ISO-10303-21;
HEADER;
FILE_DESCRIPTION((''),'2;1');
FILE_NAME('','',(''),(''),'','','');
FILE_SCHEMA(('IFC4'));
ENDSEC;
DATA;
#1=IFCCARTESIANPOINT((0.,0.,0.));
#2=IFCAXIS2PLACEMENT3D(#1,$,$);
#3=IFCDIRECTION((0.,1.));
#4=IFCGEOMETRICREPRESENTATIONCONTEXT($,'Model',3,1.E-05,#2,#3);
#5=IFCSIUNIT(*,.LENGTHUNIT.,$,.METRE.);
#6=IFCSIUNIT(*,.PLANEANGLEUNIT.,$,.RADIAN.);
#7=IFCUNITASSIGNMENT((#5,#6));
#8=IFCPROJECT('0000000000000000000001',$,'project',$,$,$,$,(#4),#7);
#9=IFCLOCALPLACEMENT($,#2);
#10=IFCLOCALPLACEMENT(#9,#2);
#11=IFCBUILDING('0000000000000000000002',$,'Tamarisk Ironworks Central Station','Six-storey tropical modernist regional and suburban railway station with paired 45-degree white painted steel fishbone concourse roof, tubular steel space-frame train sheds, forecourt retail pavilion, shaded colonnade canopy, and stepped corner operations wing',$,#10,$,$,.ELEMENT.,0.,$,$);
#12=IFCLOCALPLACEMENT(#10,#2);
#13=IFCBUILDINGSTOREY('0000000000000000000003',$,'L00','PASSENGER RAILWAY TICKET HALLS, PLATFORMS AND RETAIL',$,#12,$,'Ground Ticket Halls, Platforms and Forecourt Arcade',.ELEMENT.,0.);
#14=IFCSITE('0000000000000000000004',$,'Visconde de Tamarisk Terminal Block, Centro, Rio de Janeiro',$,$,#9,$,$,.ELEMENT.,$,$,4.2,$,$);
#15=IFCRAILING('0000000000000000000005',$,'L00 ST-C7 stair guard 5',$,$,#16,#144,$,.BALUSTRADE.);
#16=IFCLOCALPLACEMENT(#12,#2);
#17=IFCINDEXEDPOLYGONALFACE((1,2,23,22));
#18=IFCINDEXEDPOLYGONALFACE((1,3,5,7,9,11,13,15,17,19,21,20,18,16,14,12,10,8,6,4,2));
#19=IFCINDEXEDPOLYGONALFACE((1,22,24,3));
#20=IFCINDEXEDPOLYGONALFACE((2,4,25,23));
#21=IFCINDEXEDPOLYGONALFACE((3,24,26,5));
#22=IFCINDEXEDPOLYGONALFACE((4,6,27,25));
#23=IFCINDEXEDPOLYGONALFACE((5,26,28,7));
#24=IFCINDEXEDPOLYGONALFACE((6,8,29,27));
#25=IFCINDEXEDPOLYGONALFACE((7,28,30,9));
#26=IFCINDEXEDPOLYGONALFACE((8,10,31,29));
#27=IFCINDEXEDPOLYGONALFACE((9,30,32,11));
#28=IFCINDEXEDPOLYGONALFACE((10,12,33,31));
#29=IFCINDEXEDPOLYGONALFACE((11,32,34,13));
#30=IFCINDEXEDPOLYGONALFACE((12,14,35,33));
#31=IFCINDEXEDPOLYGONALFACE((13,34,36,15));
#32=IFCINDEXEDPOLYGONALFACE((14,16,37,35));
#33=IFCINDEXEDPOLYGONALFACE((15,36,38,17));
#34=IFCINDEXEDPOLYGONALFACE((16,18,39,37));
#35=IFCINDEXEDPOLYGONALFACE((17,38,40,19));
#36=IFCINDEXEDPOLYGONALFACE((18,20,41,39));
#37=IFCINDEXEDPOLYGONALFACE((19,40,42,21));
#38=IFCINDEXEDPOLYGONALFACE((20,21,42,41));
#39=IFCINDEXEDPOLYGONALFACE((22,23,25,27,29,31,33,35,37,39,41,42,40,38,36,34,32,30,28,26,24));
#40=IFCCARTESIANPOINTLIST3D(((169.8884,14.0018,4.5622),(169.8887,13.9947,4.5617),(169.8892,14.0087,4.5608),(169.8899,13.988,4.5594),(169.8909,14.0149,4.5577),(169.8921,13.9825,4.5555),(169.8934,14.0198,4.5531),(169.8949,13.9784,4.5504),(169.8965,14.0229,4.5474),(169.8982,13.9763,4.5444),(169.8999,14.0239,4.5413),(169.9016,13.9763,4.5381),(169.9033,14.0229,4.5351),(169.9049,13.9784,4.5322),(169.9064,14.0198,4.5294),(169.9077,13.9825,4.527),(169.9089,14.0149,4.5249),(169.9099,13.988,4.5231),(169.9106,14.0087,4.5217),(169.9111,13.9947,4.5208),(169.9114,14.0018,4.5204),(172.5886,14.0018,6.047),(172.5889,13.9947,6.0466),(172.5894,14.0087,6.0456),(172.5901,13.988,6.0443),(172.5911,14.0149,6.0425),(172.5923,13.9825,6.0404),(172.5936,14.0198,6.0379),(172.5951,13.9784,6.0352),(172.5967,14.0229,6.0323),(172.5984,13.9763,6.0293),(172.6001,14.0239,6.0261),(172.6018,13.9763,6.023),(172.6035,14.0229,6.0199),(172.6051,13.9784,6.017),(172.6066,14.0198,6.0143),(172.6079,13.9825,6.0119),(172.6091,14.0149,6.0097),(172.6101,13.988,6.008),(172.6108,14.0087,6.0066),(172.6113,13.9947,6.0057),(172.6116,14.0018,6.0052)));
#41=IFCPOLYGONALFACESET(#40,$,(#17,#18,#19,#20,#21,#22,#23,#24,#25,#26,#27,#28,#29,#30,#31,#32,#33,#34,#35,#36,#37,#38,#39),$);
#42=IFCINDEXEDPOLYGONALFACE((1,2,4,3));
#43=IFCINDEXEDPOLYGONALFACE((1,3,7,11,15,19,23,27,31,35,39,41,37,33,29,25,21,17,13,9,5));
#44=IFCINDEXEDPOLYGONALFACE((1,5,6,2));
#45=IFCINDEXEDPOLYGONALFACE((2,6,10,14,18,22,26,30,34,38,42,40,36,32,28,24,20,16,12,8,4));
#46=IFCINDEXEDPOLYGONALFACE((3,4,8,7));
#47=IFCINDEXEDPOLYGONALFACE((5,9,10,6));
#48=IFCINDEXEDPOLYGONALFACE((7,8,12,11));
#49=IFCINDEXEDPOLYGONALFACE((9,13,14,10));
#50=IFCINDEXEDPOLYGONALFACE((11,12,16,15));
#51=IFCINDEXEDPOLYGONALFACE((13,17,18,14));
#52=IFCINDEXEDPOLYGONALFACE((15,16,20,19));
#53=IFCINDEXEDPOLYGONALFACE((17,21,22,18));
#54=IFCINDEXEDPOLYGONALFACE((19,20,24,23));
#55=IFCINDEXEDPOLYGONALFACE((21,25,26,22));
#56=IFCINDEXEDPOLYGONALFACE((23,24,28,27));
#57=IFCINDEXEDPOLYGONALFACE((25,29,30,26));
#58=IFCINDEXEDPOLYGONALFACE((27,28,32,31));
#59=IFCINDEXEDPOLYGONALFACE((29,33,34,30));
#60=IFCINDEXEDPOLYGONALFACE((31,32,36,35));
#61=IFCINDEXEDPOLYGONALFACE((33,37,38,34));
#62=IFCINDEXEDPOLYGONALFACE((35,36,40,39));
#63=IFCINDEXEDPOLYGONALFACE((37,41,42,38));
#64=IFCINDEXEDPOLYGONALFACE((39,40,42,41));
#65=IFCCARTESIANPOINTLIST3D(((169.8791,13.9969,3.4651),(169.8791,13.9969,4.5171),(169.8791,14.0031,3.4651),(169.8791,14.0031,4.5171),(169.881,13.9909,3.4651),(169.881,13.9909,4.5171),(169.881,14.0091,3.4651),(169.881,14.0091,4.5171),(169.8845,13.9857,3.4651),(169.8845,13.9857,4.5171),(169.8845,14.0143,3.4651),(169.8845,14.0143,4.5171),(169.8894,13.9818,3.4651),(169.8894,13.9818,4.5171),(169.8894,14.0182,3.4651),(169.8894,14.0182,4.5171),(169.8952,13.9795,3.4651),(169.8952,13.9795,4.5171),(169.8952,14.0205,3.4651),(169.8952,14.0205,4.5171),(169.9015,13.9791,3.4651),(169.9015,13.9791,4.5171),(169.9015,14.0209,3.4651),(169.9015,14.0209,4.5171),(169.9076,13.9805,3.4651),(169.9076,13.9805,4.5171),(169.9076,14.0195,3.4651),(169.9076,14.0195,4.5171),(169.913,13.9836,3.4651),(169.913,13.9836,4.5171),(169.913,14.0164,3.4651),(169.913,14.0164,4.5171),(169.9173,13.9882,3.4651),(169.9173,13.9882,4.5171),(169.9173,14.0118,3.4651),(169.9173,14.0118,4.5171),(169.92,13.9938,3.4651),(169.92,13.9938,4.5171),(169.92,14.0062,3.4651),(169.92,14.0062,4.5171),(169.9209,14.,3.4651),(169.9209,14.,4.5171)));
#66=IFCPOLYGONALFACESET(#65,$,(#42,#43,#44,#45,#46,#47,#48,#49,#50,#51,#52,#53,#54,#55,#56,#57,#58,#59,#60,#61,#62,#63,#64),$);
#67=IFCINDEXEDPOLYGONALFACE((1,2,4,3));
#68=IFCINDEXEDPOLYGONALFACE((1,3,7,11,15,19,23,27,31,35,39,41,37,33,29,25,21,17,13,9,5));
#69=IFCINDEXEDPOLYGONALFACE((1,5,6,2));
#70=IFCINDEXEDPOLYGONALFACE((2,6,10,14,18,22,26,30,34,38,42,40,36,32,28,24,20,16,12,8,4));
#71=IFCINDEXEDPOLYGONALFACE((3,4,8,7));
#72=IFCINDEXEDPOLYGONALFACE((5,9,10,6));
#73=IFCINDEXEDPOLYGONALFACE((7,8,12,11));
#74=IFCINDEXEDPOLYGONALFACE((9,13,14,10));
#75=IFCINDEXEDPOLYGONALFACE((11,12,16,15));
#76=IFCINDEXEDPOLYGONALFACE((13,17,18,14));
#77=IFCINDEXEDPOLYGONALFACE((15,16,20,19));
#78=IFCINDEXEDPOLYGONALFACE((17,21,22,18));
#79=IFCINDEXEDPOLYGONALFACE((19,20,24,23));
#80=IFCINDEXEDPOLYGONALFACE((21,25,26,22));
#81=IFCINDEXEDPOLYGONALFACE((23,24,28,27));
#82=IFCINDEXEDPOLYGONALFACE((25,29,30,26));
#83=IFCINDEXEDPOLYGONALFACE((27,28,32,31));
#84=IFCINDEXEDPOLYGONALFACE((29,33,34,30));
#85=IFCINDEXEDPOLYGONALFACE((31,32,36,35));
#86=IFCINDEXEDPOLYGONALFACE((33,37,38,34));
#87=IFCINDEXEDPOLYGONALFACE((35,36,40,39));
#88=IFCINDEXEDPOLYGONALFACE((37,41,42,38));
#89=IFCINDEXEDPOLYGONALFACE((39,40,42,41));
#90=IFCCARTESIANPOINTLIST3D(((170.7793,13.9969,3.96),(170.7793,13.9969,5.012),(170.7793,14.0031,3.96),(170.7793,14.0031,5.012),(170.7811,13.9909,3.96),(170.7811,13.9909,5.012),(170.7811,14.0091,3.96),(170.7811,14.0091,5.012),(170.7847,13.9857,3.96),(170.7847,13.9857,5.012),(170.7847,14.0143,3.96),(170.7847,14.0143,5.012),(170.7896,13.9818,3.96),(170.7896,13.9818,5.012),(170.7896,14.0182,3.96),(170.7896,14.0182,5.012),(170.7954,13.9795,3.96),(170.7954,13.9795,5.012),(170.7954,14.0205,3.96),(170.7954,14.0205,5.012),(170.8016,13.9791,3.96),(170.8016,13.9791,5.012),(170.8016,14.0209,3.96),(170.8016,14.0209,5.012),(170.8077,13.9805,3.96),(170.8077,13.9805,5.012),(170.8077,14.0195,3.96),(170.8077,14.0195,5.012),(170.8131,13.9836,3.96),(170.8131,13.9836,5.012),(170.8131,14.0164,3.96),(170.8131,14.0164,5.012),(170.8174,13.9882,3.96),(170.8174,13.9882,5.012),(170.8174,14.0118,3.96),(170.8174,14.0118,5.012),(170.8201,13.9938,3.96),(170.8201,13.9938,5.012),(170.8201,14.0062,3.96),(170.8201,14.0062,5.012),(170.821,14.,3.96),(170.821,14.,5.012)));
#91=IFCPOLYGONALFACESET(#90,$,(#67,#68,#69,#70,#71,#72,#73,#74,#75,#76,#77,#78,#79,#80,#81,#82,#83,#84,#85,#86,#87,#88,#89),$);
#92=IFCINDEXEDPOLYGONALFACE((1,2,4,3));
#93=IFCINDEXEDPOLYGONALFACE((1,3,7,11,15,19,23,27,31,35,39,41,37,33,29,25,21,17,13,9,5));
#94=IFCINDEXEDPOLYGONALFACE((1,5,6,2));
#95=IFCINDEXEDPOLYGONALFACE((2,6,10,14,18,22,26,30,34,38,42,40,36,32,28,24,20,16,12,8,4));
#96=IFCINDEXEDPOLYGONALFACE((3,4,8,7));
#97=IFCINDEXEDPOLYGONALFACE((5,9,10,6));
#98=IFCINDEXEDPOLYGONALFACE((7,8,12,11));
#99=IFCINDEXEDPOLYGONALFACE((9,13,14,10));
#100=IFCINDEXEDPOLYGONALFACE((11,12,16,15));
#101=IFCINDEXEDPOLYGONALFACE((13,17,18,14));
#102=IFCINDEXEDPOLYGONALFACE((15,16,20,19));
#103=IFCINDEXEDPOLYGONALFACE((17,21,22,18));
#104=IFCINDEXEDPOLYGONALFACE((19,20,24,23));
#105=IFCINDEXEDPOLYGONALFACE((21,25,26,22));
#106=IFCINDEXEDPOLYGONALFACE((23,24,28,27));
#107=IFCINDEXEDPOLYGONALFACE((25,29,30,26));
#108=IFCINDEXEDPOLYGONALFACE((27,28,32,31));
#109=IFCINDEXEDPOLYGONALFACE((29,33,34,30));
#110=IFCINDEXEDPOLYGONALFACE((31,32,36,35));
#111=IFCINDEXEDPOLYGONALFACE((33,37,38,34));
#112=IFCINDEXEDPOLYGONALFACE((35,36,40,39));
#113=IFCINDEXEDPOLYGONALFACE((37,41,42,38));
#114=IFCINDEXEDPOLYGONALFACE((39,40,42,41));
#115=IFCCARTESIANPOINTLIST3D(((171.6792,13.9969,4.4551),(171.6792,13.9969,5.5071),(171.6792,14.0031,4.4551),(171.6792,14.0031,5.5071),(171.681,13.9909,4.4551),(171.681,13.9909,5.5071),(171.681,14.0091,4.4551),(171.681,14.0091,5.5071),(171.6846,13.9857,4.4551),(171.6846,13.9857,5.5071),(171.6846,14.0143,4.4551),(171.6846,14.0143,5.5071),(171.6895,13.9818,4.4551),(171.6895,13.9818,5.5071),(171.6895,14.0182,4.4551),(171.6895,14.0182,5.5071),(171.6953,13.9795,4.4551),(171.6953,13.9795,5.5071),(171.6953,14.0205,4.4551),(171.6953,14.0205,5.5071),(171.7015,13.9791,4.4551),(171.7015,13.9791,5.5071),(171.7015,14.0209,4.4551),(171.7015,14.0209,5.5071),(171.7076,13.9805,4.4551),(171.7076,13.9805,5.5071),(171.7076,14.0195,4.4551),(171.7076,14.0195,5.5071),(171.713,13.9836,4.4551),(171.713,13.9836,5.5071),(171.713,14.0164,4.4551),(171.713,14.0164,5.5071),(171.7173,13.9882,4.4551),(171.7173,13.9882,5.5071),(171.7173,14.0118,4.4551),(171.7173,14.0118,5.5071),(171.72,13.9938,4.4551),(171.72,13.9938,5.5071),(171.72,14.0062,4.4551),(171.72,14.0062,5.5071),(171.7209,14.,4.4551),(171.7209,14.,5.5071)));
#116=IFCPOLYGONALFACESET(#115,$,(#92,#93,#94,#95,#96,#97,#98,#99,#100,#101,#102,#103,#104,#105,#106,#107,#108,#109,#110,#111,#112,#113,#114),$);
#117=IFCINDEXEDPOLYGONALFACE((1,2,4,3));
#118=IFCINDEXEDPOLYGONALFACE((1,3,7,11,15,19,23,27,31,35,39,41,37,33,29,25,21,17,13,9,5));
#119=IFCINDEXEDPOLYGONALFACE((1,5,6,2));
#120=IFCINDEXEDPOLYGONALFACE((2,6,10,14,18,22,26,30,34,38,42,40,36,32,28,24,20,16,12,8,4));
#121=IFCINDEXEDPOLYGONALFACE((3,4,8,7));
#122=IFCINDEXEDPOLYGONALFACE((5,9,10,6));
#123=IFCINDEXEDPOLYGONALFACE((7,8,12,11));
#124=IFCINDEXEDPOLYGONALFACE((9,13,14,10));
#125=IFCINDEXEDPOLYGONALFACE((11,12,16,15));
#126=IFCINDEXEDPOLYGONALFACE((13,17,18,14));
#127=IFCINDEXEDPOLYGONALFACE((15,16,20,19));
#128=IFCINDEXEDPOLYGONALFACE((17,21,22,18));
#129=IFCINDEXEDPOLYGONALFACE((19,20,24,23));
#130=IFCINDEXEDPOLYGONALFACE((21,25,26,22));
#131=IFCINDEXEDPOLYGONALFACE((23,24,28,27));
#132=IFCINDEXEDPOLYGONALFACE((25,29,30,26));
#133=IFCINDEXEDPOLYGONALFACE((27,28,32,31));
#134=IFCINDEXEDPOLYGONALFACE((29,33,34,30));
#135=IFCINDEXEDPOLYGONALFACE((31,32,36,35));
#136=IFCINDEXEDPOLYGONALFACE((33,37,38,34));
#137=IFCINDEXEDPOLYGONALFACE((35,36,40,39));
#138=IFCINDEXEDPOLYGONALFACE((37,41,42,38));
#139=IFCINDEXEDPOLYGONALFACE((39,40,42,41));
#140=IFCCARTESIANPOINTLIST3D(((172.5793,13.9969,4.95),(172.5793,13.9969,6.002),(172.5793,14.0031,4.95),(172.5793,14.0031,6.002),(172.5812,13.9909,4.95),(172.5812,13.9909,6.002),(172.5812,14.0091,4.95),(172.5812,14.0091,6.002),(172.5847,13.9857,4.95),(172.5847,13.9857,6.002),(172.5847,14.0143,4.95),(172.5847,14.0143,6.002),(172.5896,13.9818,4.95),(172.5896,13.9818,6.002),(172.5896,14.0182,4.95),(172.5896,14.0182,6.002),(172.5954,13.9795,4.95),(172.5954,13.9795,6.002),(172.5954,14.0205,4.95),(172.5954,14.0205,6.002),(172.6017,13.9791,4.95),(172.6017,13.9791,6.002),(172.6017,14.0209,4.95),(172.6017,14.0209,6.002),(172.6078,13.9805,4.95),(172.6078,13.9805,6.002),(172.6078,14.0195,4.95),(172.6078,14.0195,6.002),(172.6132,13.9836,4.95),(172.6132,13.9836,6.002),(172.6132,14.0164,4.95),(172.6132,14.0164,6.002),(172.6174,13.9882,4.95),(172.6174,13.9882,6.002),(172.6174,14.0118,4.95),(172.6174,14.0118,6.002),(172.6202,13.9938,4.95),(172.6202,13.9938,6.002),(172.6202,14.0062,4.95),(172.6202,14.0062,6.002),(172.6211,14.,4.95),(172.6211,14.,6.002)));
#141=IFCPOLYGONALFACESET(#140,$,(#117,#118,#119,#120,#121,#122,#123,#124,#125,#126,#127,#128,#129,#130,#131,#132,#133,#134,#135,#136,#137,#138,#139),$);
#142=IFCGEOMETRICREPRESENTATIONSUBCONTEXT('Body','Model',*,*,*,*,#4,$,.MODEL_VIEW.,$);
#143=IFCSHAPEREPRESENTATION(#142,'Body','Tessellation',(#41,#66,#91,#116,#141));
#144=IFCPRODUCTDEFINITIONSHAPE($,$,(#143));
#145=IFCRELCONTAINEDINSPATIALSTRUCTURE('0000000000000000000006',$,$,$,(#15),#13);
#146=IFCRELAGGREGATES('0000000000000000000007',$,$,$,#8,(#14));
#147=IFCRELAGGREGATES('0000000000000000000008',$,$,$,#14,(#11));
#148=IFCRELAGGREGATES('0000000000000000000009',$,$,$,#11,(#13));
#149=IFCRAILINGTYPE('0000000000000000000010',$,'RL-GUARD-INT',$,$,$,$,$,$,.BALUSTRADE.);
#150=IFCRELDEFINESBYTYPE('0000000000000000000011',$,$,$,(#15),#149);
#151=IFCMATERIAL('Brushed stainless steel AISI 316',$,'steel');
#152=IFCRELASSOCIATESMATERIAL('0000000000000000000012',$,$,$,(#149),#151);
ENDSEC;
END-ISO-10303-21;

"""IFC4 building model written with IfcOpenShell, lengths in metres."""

from ifc_helpers import new_model, si_unit, direction, frame, origin, origin_2d, place, context, subcontext, project, spatial, circle, extrude, material, type_object, element, save


model = new_model("IFC4")

# Units and contexts
model_context = context("Model", 3, precision=1e-05, world=origin(), true_north=direction((0.0, 1.0)))
body_context = subcontext(model_context, "Body", "Model", "MODEL_VIEW")
ifc_project = project(units=[si_unit("LENGTHUNIT", "METRE"), si_unit("PLANEANGLEUNIT", "RADIAN")], contexts=[model_context])

# Site, building, storey
site_placement = place(None, origin())
site = spatial("IfcSite", under=ifc_project, at=site_placement, Name="Visconde de Tamarisk Terminal Block, Centro, Rio de Janeiro", CompositionType="ELEMENT", RefElevation=4.2)
building_placement = place(site_placement, origin())
building = spatial("IfcBuilding", under=site, at=building_placement, Name="Tamarisk Ironworks Central Station", Description="Six-storey tropical modernist regional and suburban railway station with paired 45-degree white painted steel fishbone concourse roof, tubular steel space-frame train sheds, forecourt retail pavilion, shaded colonnade canopy, and stepped corner operations wing", CompositionType="ELEMENT", ElevationOfRefHeight=0.0)
storey_placement = place(building_placement, origin())
storey = spatial("IfcBuildingStorey", under=building, at=storey_placement, Name="L00", Description="PASSENGER RAILWAY TICKET HALLS, PLATFORMS AND RETAIL", LongName="Ground Ticket Halls, Platforms and Forecourt Arcade", CompositionType="ELEMENT", Elevation=0.0)

# Railing
ifc_material_1 = material(Name="Brushed stainless steel AISI 316", Category="steel")
railing_type_1 = type_object("IfcRailingType", Name="RL-GUARD-INT", PredefinedType="BALUSTRADE", material=ifc_material_1)
railing_1_placement = place(storey_placement, frame((169.8999, 14.0, 3.4651)))
element("IfcRailing", 1, at=railing_1_placement, inside=storey, type_object=railing_type_1, Name="L00 ST-C7 stair guard 5", PredefinedType="BALUSTRADE", context=body_context, shape_type="SweptSolid", body=[
    extrude(circle(Radius=0.0239, at=origin_2d()), frame((0.0, 0.0, 1.0762), z_axis=(0.876249, 0.0, 0.481858), x_axis=(0.0, 1.0, 0.0)), (0.0, 0.0, 1.0), 3.0815),
    extrude(circle(Radius=0.021, at=origin_2d()), origin(), (0.0, 0.0, 1.0), 1.052),
    extrude(circle(Radius=0.021, at=origin_2d()), frame((0.9001, 0.0, 0.4949)), (0.0, 0.0, 1.0), 1.052),
    extrude(circle(Radius=0.021, at=origin_2d()), frame((1.8, 0.0, 0.99)), (0.0, 0.0, 1.0), 1.052),
    extrude(circle(Radius=0.021, at=origin_2d()), frame((2.7002, 0.0, 1.4849)), (0.0, 0.0, 1.0), 1.052),
])

save(model, "model.ifc")
